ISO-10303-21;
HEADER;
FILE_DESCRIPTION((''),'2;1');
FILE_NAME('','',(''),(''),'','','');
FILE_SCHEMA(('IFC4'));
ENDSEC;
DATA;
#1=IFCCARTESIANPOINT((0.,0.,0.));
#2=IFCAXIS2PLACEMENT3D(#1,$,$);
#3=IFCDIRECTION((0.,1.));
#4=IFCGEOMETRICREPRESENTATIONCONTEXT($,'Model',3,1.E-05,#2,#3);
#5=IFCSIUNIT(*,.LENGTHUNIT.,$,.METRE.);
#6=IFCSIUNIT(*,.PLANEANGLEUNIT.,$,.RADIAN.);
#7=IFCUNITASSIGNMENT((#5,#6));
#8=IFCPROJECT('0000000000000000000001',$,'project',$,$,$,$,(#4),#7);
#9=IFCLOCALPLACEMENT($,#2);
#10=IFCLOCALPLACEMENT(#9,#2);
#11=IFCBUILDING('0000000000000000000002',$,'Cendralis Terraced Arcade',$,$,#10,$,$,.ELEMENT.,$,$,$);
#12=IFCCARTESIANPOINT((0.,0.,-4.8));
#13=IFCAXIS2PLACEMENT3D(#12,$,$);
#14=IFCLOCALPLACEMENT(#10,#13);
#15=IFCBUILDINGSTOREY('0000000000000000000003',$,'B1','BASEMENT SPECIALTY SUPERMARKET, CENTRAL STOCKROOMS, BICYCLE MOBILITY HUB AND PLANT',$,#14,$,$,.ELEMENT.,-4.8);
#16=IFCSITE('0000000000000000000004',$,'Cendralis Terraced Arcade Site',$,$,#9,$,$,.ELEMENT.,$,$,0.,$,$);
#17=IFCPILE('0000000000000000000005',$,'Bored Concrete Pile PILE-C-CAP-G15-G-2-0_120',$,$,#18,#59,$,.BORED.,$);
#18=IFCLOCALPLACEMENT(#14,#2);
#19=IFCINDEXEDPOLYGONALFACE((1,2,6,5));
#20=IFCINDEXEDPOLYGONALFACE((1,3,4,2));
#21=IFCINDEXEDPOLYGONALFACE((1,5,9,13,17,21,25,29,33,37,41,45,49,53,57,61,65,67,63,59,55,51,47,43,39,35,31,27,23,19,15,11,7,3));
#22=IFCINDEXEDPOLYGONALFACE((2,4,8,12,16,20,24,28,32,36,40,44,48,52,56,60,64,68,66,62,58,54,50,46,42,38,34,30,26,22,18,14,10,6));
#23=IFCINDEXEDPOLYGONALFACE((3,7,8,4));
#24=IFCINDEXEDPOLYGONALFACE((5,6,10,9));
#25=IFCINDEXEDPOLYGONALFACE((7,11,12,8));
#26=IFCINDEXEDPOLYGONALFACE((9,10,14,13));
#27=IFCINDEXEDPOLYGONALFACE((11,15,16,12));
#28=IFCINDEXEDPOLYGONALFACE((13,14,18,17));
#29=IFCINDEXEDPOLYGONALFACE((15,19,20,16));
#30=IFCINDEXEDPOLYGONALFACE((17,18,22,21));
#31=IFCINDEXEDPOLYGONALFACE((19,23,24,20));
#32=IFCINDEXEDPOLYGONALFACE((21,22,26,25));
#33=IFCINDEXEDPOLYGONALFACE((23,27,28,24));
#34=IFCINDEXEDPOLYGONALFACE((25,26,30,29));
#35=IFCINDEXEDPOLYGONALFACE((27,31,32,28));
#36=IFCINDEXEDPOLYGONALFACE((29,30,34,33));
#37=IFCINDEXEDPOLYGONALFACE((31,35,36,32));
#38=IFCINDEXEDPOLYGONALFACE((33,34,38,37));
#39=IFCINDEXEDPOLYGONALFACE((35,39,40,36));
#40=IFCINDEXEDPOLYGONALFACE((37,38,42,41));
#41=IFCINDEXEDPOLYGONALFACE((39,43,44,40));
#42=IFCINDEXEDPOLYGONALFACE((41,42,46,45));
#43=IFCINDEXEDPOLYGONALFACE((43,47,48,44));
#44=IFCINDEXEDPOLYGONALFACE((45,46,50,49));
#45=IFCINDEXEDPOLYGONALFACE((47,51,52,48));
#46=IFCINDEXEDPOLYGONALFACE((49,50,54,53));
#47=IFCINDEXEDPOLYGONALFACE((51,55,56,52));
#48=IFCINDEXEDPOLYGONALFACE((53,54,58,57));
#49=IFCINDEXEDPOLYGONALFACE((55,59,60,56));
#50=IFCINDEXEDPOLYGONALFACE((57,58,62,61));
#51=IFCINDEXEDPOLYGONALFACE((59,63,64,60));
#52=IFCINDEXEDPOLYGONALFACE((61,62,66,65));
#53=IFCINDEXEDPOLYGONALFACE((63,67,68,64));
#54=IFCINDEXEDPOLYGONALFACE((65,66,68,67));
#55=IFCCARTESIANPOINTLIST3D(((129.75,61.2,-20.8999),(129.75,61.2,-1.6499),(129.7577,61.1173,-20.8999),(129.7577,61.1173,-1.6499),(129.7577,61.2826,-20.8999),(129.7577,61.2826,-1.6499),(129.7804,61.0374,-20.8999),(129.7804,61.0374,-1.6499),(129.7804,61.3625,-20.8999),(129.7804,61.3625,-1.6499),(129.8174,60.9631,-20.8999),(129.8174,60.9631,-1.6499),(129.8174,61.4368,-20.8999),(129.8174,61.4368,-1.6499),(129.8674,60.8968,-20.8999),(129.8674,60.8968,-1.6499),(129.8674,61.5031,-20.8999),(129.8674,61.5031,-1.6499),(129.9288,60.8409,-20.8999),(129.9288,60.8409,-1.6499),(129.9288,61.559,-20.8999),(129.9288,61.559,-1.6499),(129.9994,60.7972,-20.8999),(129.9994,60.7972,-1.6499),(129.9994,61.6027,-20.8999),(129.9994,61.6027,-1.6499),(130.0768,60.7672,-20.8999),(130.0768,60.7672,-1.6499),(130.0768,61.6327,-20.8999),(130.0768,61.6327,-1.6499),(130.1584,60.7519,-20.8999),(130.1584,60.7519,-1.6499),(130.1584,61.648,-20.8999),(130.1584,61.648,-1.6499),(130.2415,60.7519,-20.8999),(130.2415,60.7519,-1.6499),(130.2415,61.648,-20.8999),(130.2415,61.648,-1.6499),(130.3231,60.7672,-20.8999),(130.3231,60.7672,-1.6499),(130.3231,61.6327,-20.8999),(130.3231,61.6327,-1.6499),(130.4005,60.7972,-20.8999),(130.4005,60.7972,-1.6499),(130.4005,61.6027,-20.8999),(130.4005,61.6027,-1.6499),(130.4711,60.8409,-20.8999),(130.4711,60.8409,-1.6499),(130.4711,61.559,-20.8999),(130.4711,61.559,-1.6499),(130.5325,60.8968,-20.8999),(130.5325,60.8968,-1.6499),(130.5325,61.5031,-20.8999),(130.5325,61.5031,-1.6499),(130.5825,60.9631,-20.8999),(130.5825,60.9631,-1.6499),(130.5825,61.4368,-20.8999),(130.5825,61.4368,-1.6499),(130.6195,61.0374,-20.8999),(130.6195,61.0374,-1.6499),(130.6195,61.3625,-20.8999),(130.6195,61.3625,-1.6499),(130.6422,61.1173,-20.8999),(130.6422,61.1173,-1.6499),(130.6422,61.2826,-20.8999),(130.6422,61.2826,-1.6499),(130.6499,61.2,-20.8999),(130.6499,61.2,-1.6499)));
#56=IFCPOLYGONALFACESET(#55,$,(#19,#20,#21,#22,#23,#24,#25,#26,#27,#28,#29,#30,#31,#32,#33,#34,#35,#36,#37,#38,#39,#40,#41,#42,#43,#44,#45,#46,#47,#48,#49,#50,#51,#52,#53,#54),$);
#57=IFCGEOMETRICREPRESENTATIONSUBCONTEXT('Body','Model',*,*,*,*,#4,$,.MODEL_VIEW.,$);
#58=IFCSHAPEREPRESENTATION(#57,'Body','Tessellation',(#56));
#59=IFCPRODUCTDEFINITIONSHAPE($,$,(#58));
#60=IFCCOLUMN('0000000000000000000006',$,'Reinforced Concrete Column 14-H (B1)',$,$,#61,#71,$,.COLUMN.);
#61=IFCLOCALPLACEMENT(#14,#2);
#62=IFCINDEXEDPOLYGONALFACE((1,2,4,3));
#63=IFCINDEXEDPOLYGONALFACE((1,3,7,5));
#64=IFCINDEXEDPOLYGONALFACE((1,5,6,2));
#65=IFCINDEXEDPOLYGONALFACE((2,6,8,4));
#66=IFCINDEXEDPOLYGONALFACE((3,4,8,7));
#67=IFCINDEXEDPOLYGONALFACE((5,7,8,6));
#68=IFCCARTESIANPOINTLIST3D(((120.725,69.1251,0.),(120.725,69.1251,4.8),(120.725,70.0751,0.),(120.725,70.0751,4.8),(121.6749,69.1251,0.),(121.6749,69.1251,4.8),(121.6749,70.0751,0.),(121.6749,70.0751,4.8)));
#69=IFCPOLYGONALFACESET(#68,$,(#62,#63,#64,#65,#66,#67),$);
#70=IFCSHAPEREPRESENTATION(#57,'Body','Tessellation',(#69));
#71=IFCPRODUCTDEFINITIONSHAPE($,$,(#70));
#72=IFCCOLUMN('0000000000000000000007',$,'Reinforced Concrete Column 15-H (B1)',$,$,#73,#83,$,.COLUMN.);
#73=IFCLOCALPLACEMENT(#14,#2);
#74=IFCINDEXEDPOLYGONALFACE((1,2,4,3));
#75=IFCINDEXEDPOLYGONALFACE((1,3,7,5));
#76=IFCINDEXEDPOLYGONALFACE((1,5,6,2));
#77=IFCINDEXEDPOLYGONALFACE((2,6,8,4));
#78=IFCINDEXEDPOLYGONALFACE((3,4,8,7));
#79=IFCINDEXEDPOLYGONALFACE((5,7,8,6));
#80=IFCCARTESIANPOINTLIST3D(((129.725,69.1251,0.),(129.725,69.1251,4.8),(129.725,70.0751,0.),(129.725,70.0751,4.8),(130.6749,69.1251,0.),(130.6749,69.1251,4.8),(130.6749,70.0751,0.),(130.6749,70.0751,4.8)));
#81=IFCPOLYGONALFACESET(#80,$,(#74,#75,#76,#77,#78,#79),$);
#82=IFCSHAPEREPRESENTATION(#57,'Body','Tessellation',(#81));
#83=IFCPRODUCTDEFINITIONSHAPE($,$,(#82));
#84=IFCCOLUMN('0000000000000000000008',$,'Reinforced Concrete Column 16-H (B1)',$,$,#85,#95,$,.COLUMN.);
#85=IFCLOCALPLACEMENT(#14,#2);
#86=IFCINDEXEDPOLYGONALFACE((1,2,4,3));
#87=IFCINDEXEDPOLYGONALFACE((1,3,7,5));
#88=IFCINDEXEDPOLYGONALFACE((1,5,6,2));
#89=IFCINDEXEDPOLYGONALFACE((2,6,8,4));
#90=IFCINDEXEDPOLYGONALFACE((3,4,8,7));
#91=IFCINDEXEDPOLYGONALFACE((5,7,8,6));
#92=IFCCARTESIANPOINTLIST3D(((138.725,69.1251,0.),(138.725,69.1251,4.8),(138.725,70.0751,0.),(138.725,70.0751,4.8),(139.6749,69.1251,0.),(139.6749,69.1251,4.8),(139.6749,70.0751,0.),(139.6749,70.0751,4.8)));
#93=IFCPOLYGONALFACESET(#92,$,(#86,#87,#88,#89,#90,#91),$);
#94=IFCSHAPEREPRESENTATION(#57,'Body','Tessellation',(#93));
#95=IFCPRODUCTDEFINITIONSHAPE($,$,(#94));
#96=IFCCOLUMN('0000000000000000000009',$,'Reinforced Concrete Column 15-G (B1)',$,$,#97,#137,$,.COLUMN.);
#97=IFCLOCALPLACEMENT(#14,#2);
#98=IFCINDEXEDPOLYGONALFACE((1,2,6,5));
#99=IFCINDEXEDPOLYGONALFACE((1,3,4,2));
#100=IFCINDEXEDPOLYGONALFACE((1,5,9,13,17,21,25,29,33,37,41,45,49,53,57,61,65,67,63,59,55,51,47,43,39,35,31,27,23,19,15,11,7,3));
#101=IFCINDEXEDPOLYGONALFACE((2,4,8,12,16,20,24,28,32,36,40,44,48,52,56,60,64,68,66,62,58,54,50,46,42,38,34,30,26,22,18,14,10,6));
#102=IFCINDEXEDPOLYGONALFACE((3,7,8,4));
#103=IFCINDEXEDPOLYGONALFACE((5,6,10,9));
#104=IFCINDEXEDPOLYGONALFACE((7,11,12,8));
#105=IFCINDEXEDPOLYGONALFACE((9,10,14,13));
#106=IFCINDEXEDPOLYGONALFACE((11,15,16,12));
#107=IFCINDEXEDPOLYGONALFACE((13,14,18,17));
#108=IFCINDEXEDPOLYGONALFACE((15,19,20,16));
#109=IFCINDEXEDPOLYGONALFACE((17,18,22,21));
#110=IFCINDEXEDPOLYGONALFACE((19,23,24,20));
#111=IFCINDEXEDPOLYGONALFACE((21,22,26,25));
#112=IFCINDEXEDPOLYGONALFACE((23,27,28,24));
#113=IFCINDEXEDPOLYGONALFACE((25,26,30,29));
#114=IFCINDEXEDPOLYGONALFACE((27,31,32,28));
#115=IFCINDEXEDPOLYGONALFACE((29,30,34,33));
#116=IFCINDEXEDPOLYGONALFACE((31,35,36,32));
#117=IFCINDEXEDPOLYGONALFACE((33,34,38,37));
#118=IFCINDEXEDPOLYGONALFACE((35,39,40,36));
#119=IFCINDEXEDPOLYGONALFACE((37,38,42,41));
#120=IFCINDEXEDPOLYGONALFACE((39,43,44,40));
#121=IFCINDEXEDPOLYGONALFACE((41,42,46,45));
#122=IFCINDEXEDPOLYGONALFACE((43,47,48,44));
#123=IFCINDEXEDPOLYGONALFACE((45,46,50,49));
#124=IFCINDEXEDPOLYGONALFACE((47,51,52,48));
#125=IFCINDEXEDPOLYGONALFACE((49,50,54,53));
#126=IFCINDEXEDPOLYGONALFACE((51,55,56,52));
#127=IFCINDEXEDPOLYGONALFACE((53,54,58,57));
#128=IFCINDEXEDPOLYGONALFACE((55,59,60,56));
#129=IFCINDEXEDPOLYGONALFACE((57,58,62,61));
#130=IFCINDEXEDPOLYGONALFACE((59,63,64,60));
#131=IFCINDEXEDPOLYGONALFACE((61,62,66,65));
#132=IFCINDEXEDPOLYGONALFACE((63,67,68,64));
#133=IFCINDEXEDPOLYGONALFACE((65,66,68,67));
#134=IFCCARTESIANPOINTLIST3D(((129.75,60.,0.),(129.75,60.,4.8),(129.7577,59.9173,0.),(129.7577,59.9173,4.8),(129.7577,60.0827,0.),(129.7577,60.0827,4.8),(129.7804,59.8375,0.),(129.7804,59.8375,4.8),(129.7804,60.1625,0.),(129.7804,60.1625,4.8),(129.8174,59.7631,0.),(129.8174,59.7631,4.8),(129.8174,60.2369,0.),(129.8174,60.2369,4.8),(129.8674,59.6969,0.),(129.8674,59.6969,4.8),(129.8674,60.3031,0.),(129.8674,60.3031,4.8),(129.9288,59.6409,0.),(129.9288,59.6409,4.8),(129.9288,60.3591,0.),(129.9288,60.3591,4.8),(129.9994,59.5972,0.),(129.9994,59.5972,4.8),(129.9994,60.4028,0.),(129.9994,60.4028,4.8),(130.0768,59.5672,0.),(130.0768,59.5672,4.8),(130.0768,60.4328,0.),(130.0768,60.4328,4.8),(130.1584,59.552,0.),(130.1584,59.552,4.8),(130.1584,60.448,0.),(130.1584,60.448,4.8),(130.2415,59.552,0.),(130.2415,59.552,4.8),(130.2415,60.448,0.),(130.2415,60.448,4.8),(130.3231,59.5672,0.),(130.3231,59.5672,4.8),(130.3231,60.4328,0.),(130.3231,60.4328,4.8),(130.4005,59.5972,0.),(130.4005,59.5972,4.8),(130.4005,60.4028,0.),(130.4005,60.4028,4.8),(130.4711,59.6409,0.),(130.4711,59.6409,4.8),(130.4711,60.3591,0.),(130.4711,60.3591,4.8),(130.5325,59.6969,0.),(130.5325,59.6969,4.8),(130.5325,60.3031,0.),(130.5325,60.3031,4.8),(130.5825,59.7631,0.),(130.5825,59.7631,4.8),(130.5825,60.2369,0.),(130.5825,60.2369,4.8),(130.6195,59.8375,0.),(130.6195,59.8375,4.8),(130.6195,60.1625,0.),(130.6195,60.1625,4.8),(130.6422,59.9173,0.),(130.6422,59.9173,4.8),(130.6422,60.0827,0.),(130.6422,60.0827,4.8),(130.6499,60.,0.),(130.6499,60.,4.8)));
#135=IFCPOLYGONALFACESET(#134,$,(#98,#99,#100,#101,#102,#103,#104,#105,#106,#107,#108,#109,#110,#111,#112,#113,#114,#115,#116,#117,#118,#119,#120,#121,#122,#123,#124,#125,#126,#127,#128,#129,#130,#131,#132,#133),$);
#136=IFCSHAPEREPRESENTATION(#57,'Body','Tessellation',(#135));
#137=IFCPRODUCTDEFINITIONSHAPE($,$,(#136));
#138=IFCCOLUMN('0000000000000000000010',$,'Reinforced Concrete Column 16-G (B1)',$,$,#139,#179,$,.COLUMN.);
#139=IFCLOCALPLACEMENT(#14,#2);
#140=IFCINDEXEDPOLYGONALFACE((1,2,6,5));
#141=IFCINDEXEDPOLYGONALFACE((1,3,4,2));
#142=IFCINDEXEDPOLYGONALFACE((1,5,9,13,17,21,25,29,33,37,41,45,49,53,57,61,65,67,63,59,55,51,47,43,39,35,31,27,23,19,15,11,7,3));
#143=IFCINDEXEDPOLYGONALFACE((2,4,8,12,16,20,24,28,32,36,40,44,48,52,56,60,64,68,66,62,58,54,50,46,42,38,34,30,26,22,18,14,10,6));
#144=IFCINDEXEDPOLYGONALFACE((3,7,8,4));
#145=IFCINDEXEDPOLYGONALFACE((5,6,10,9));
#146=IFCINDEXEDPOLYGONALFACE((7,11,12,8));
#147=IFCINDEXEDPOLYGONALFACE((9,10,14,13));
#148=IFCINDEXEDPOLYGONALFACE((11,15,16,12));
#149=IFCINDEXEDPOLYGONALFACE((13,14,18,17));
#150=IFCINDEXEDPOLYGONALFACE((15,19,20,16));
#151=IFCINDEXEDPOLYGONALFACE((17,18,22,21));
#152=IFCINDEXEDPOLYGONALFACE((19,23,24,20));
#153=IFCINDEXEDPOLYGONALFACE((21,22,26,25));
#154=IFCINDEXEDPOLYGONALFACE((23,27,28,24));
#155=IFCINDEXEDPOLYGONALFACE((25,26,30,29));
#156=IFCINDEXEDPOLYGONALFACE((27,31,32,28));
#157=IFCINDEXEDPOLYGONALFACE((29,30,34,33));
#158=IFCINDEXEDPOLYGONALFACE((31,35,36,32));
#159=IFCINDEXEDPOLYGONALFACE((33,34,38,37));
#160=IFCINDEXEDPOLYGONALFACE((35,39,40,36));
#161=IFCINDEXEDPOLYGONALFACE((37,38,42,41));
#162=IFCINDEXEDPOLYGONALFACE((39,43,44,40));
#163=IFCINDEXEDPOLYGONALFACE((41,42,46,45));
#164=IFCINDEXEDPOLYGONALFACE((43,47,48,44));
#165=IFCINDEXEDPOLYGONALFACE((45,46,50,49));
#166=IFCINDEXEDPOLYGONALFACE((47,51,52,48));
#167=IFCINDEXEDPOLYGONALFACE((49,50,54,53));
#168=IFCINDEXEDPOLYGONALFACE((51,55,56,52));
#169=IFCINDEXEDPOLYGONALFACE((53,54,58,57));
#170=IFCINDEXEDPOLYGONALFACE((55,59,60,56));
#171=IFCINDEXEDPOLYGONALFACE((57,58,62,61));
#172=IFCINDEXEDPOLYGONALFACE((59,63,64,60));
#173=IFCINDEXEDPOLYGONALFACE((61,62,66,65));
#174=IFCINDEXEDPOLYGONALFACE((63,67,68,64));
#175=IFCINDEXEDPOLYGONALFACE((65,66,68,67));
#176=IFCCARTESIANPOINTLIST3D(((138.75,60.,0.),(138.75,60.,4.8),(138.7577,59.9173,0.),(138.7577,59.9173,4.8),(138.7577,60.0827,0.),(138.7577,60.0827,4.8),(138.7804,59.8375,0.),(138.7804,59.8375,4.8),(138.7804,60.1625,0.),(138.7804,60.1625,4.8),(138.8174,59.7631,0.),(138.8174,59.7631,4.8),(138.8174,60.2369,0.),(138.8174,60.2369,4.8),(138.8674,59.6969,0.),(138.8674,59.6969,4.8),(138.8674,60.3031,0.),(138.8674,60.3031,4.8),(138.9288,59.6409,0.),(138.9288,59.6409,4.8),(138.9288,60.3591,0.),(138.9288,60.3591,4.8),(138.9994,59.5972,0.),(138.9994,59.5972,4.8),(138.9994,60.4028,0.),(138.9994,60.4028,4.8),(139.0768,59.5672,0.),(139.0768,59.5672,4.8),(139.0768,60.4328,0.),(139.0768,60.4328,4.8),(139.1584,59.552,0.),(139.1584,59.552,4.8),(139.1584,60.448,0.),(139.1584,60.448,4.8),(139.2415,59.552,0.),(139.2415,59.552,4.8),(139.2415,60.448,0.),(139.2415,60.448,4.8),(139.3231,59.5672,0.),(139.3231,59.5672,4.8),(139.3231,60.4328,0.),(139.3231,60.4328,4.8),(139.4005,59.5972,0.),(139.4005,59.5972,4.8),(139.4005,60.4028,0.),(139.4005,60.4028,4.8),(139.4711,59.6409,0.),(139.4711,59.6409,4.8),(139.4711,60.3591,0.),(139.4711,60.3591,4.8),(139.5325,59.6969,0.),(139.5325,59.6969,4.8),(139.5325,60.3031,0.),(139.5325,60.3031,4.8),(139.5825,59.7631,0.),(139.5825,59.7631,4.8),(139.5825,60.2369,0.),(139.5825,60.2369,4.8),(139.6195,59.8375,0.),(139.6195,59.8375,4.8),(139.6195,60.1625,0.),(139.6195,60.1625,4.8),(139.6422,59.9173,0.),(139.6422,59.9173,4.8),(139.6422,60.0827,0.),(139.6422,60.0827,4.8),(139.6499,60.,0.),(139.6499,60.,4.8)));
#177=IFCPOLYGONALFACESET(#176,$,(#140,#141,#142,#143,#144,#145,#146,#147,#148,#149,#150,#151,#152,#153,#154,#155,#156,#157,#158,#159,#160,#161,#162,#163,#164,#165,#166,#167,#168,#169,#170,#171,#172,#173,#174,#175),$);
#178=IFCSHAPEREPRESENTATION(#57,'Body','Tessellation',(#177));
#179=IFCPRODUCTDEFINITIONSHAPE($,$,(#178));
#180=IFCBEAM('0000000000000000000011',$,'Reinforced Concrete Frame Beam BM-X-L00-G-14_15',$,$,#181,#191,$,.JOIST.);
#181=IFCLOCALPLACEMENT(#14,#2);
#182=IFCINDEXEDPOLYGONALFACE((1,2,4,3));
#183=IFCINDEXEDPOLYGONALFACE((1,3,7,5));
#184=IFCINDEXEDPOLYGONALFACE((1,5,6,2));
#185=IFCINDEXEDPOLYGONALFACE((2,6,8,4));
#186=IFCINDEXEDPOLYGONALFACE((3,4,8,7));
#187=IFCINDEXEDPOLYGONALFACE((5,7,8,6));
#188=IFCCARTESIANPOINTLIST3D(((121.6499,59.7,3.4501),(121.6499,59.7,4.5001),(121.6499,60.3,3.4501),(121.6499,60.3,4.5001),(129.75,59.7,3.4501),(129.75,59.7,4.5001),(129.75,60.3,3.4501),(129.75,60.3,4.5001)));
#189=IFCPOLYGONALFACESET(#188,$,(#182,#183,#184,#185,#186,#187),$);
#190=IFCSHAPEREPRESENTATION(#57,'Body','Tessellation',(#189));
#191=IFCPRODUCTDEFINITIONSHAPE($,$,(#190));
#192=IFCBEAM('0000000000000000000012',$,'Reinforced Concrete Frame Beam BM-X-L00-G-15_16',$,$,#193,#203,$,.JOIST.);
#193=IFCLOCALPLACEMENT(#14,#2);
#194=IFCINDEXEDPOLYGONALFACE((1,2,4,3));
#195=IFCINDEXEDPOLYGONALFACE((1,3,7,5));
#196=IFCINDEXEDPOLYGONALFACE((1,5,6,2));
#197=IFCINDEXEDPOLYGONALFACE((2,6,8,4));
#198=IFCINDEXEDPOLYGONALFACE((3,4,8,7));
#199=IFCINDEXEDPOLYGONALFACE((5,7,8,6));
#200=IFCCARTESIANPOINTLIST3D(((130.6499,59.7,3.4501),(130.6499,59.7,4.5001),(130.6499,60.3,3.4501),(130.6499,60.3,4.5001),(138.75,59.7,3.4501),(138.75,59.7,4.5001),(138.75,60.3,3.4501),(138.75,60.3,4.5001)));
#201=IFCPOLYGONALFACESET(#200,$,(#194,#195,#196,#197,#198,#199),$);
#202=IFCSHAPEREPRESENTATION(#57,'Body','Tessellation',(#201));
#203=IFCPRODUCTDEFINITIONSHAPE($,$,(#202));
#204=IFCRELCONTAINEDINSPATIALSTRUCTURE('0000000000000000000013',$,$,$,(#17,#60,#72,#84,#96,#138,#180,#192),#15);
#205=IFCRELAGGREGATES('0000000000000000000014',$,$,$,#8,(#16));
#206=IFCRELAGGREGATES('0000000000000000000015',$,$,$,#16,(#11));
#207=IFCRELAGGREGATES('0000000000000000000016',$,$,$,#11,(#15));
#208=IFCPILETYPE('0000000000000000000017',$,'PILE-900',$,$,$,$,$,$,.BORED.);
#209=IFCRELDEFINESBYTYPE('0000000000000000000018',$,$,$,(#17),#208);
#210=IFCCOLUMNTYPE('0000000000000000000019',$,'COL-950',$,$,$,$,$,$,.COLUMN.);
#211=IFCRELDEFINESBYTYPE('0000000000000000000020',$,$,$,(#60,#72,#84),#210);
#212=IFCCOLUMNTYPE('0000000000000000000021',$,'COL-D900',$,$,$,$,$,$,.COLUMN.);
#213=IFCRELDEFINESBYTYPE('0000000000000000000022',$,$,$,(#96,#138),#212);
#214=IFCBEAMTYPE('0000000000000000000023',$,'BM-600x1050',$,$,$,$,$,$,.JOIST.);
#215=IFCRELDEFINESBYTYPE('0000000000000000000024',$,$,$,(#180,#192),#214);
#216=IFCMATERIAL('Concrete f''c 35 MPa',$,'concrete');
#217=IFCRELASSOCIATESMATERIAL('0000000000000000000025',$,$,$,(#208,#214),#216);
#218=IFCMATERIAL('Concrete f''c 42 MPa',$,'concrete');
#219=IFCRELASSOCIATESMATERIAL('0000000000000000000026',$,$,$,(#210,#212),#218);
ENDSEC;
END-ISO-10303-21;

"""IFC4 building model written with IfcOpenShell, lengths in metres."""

from ifc_helpers import new_model, si_unit, direction, frame, origin, origin_2d, place, context, subcontext, project, spatial, rectangle, circle, extrude, material, material_profile, profile_set, type_object, element, save


model = new_model("IFC4")

# Units and contexts
model_context = context("Model", 3, precision=1e-05, world=origin(), true_north=direction((0.0, 1.0)))
body_context = subcontext(model_context, "Body", "Model", "MODEL_VIEW")
ifc_project = project(units=[si_unit("LENGTHUNIT", "METRE"), si_unit("PLANEANGLEUNIT", "RADIAN")], contexts=[model_context])

# Site, building, storey
site_placement = place(None, origin())
site = spatial("IfcSite", under=ifc_project, at=site_placement, Name="Cendralis Terraced Arcade Site", CompositionType="ELEMENT", RefElevation=0.0)
building_placement = place(site_placement, origin())
building = spatial("IfcBuilding", under=site, at=building_placement, Name="Cendralis Terraced Arcade", CompositionType="ELEMENT")
storey_placement = place(building_placement, frame((0.0, 0.0, -4.8)))
storey = spatial("IfcBuildingStorey", under=building, at=storey_placement, Name="B1", Description="BASEMENT SPECIALTY SUPERMARKET, CENTRAL STOCKROOMS, BICYCLE MOBILITY HUB AND PLANT", CompositionType="ELEMENT", Elevation=-4.8)

# Shared definitions
ifc_material_1 = material(Name="Concrete f'c 35 MPa", Category="concrete")

# Pile
ifc_material_profile_1 = material_profile(ifc_material_1, circle(Radius=0.45, at=origin_2d()), Name="PILE-D900", Category="LoadBearing")
ifc_profile_set_1 = profile_set([ifc_material_profile_1], Name="Concrete f'c 35 MPa")
pile_type_1 = type_object("IfcPileType", Name="PILE-900", PredefinedType="BORED", material=ifc_profile_set_1)
for number, where, z_axis, x_axis, name in (
    (1, (130.2, 61.2, -1.6499), (0.0, 0.0, -1.0), (1.0, 0.0, 0.0), "Bored Concrete Pile PILE-C-CAP-G15-G-2-0_120"),
):
    element("IfcPile", number, at=place(storey_placement, frame(where, z_axis=z_axis, x_axis=x_axis)), inside=storey, type_object=pile_type_1, Name=name, PredefinedType="BORED", context=body_context, shape_type="SweptSolid", body=[
        extrude(circle(Radius=0.45, at=origin_2d()), origin(), (0.0, 0.0, 1.0), 19.25),
    ])

# Columns
ifc_material_2 = material(Name="Concrete f'c 42 MPa", Category="concrete")
ifc_material_profile_2 = material_profile(ifc_material_2, rectangle(XDim=0.95, YDim=0.95, at=origin_2d()), Name="RC-COL-950x950", Category="LoadBearing")
ifc_profile_set_2 = profile_set([ifc_material_profile_2], Name="Concrete f'c 42 MPa")
column_type_1 = type_object("IfcColumnType", Name="COL-950", PredefinedType="COLUMN", material=ifc_profile_set_2)
for number, where, z_axis, x_axis, name in (
    (2, (121.2, 69.6001, 0.0), (0.0, 0.0, 1.0), (1.0, 0.0, 0.0), "Reinforced Concrete Column 14-H (B1)"),
    (3, (130.2, 69.6001, 0.0), (0.0, 0.0, 1.0), (1.0, 0.0, 0.0), "Reinforced Concrete Column 15-H (B1)"),
    (4, (139.2, 69.6001, 0.0), (0.0, 0.0, 1.0), (1.0, 0.0, 0.0), "Reinforced Concrete Column 16-H (B1)"),
):
    element("IfcColumn", number, at=place(storey_placement, frame(where, z_axis=z_axis, x_axis=x_axis)), inside=storey, type_object=column_type_1, Name=name, PredefinedType="COLUMN", context=body_context, shape_type="SweptSolid", body=[
        extrude(rectangle(XDim=0.95, YDim=0.95, at=origin_2d()), origin(), (0.0, 0.0, 1.0), 4.8),
    ])
ifc_material_profile_3 = material_profile(ifc_material_2, circle(Radius=0.45, at=origin_2d()), Name="RC-COL-D900", Category="LoadBearing")
ifc_profile_set_3 = profile_set([ifc_material_profile_3], Name="Concrete f'c 42 MPa")
column_type_2 = type_object("IfcColumnType", Name="COL-D900", PredefinedType="COLUMN", material=ifc_profile_set_3)
for number, where, z_axis, x_axis, name in (
    (5, (130.2, 60.0, 0.0), (0.0, 0.0, 1.0), (1.0, 0.0, 0.0), "Reinforced Concrete Column 15-G (B1)"),
    (6, (139.2, 60.0, 0.0), (0.0, 0.0, 1.0), (1.0, 0.0, 0.0), "Reinforced Concrete Column 16-G (B1)"),
):
    element("IfcColumn", number, at=place(storey_placement, frame(where, z_axis=z_axis, x_axis=x_axis)), inside=storey, type_object=column_type_2, Name=name, PredefinedType="COLUMN", context=body_context, shape_type="SweptSolid", body=[
        extrude(circle(Radius=0.45, at=origin_2d()), origin(), (0.0, 0.0, 1.0), 4.8),
    ])

# Beams
ifc_material_profile_4 = material_profile(ifc_material_1, rectangle(XDim=0.6001, YDim=1.05, at=origin_2d()), Name="RC-BM-600x1050", Category="LoadBearing")
ifc_profile_set_4 = profile_set([ifc_material_profile_4], Name="Concrete f'c 35 MPa")
beam_type = type_object("IfcBeamType", Name="BM-600x1050", PredefinedType="JOIST", material=ifc_profile_set_4)
for number, where, z_axis, x_axis, name in (
    (7, (121.6499, 60.0, 3.9751), (1.0, 0.0, 0.0), (0.0, 1.0, 0.0), "Reinforced Concrete Frame Beam BM-X-L00-G-14_15"),
    (8, (130.6499, 60.0, 3.9751), (1.0, 0.0, 0.0), (0.0, 1.0, 0.0), "Reinforced Concrete Frame Beam BM-X-L00-G-15_16"),
):
    element("IfcBeam", number, at=place(storey_placement, frame(where, z_axis=z_axis, x_axis=x_axis)), inside=storey, type_object=beam_type, Name=name, PredefinedType="JOIST", context=body_context, shape_type="SweptSolid", body=[
        extrude(rectangle(XDim=0.6001, YDim=1.05, at=origin_2d()), origin(), (0.0, 0.0, 1.0), 8.1001),
    ])

save(model, "model.ifc")
